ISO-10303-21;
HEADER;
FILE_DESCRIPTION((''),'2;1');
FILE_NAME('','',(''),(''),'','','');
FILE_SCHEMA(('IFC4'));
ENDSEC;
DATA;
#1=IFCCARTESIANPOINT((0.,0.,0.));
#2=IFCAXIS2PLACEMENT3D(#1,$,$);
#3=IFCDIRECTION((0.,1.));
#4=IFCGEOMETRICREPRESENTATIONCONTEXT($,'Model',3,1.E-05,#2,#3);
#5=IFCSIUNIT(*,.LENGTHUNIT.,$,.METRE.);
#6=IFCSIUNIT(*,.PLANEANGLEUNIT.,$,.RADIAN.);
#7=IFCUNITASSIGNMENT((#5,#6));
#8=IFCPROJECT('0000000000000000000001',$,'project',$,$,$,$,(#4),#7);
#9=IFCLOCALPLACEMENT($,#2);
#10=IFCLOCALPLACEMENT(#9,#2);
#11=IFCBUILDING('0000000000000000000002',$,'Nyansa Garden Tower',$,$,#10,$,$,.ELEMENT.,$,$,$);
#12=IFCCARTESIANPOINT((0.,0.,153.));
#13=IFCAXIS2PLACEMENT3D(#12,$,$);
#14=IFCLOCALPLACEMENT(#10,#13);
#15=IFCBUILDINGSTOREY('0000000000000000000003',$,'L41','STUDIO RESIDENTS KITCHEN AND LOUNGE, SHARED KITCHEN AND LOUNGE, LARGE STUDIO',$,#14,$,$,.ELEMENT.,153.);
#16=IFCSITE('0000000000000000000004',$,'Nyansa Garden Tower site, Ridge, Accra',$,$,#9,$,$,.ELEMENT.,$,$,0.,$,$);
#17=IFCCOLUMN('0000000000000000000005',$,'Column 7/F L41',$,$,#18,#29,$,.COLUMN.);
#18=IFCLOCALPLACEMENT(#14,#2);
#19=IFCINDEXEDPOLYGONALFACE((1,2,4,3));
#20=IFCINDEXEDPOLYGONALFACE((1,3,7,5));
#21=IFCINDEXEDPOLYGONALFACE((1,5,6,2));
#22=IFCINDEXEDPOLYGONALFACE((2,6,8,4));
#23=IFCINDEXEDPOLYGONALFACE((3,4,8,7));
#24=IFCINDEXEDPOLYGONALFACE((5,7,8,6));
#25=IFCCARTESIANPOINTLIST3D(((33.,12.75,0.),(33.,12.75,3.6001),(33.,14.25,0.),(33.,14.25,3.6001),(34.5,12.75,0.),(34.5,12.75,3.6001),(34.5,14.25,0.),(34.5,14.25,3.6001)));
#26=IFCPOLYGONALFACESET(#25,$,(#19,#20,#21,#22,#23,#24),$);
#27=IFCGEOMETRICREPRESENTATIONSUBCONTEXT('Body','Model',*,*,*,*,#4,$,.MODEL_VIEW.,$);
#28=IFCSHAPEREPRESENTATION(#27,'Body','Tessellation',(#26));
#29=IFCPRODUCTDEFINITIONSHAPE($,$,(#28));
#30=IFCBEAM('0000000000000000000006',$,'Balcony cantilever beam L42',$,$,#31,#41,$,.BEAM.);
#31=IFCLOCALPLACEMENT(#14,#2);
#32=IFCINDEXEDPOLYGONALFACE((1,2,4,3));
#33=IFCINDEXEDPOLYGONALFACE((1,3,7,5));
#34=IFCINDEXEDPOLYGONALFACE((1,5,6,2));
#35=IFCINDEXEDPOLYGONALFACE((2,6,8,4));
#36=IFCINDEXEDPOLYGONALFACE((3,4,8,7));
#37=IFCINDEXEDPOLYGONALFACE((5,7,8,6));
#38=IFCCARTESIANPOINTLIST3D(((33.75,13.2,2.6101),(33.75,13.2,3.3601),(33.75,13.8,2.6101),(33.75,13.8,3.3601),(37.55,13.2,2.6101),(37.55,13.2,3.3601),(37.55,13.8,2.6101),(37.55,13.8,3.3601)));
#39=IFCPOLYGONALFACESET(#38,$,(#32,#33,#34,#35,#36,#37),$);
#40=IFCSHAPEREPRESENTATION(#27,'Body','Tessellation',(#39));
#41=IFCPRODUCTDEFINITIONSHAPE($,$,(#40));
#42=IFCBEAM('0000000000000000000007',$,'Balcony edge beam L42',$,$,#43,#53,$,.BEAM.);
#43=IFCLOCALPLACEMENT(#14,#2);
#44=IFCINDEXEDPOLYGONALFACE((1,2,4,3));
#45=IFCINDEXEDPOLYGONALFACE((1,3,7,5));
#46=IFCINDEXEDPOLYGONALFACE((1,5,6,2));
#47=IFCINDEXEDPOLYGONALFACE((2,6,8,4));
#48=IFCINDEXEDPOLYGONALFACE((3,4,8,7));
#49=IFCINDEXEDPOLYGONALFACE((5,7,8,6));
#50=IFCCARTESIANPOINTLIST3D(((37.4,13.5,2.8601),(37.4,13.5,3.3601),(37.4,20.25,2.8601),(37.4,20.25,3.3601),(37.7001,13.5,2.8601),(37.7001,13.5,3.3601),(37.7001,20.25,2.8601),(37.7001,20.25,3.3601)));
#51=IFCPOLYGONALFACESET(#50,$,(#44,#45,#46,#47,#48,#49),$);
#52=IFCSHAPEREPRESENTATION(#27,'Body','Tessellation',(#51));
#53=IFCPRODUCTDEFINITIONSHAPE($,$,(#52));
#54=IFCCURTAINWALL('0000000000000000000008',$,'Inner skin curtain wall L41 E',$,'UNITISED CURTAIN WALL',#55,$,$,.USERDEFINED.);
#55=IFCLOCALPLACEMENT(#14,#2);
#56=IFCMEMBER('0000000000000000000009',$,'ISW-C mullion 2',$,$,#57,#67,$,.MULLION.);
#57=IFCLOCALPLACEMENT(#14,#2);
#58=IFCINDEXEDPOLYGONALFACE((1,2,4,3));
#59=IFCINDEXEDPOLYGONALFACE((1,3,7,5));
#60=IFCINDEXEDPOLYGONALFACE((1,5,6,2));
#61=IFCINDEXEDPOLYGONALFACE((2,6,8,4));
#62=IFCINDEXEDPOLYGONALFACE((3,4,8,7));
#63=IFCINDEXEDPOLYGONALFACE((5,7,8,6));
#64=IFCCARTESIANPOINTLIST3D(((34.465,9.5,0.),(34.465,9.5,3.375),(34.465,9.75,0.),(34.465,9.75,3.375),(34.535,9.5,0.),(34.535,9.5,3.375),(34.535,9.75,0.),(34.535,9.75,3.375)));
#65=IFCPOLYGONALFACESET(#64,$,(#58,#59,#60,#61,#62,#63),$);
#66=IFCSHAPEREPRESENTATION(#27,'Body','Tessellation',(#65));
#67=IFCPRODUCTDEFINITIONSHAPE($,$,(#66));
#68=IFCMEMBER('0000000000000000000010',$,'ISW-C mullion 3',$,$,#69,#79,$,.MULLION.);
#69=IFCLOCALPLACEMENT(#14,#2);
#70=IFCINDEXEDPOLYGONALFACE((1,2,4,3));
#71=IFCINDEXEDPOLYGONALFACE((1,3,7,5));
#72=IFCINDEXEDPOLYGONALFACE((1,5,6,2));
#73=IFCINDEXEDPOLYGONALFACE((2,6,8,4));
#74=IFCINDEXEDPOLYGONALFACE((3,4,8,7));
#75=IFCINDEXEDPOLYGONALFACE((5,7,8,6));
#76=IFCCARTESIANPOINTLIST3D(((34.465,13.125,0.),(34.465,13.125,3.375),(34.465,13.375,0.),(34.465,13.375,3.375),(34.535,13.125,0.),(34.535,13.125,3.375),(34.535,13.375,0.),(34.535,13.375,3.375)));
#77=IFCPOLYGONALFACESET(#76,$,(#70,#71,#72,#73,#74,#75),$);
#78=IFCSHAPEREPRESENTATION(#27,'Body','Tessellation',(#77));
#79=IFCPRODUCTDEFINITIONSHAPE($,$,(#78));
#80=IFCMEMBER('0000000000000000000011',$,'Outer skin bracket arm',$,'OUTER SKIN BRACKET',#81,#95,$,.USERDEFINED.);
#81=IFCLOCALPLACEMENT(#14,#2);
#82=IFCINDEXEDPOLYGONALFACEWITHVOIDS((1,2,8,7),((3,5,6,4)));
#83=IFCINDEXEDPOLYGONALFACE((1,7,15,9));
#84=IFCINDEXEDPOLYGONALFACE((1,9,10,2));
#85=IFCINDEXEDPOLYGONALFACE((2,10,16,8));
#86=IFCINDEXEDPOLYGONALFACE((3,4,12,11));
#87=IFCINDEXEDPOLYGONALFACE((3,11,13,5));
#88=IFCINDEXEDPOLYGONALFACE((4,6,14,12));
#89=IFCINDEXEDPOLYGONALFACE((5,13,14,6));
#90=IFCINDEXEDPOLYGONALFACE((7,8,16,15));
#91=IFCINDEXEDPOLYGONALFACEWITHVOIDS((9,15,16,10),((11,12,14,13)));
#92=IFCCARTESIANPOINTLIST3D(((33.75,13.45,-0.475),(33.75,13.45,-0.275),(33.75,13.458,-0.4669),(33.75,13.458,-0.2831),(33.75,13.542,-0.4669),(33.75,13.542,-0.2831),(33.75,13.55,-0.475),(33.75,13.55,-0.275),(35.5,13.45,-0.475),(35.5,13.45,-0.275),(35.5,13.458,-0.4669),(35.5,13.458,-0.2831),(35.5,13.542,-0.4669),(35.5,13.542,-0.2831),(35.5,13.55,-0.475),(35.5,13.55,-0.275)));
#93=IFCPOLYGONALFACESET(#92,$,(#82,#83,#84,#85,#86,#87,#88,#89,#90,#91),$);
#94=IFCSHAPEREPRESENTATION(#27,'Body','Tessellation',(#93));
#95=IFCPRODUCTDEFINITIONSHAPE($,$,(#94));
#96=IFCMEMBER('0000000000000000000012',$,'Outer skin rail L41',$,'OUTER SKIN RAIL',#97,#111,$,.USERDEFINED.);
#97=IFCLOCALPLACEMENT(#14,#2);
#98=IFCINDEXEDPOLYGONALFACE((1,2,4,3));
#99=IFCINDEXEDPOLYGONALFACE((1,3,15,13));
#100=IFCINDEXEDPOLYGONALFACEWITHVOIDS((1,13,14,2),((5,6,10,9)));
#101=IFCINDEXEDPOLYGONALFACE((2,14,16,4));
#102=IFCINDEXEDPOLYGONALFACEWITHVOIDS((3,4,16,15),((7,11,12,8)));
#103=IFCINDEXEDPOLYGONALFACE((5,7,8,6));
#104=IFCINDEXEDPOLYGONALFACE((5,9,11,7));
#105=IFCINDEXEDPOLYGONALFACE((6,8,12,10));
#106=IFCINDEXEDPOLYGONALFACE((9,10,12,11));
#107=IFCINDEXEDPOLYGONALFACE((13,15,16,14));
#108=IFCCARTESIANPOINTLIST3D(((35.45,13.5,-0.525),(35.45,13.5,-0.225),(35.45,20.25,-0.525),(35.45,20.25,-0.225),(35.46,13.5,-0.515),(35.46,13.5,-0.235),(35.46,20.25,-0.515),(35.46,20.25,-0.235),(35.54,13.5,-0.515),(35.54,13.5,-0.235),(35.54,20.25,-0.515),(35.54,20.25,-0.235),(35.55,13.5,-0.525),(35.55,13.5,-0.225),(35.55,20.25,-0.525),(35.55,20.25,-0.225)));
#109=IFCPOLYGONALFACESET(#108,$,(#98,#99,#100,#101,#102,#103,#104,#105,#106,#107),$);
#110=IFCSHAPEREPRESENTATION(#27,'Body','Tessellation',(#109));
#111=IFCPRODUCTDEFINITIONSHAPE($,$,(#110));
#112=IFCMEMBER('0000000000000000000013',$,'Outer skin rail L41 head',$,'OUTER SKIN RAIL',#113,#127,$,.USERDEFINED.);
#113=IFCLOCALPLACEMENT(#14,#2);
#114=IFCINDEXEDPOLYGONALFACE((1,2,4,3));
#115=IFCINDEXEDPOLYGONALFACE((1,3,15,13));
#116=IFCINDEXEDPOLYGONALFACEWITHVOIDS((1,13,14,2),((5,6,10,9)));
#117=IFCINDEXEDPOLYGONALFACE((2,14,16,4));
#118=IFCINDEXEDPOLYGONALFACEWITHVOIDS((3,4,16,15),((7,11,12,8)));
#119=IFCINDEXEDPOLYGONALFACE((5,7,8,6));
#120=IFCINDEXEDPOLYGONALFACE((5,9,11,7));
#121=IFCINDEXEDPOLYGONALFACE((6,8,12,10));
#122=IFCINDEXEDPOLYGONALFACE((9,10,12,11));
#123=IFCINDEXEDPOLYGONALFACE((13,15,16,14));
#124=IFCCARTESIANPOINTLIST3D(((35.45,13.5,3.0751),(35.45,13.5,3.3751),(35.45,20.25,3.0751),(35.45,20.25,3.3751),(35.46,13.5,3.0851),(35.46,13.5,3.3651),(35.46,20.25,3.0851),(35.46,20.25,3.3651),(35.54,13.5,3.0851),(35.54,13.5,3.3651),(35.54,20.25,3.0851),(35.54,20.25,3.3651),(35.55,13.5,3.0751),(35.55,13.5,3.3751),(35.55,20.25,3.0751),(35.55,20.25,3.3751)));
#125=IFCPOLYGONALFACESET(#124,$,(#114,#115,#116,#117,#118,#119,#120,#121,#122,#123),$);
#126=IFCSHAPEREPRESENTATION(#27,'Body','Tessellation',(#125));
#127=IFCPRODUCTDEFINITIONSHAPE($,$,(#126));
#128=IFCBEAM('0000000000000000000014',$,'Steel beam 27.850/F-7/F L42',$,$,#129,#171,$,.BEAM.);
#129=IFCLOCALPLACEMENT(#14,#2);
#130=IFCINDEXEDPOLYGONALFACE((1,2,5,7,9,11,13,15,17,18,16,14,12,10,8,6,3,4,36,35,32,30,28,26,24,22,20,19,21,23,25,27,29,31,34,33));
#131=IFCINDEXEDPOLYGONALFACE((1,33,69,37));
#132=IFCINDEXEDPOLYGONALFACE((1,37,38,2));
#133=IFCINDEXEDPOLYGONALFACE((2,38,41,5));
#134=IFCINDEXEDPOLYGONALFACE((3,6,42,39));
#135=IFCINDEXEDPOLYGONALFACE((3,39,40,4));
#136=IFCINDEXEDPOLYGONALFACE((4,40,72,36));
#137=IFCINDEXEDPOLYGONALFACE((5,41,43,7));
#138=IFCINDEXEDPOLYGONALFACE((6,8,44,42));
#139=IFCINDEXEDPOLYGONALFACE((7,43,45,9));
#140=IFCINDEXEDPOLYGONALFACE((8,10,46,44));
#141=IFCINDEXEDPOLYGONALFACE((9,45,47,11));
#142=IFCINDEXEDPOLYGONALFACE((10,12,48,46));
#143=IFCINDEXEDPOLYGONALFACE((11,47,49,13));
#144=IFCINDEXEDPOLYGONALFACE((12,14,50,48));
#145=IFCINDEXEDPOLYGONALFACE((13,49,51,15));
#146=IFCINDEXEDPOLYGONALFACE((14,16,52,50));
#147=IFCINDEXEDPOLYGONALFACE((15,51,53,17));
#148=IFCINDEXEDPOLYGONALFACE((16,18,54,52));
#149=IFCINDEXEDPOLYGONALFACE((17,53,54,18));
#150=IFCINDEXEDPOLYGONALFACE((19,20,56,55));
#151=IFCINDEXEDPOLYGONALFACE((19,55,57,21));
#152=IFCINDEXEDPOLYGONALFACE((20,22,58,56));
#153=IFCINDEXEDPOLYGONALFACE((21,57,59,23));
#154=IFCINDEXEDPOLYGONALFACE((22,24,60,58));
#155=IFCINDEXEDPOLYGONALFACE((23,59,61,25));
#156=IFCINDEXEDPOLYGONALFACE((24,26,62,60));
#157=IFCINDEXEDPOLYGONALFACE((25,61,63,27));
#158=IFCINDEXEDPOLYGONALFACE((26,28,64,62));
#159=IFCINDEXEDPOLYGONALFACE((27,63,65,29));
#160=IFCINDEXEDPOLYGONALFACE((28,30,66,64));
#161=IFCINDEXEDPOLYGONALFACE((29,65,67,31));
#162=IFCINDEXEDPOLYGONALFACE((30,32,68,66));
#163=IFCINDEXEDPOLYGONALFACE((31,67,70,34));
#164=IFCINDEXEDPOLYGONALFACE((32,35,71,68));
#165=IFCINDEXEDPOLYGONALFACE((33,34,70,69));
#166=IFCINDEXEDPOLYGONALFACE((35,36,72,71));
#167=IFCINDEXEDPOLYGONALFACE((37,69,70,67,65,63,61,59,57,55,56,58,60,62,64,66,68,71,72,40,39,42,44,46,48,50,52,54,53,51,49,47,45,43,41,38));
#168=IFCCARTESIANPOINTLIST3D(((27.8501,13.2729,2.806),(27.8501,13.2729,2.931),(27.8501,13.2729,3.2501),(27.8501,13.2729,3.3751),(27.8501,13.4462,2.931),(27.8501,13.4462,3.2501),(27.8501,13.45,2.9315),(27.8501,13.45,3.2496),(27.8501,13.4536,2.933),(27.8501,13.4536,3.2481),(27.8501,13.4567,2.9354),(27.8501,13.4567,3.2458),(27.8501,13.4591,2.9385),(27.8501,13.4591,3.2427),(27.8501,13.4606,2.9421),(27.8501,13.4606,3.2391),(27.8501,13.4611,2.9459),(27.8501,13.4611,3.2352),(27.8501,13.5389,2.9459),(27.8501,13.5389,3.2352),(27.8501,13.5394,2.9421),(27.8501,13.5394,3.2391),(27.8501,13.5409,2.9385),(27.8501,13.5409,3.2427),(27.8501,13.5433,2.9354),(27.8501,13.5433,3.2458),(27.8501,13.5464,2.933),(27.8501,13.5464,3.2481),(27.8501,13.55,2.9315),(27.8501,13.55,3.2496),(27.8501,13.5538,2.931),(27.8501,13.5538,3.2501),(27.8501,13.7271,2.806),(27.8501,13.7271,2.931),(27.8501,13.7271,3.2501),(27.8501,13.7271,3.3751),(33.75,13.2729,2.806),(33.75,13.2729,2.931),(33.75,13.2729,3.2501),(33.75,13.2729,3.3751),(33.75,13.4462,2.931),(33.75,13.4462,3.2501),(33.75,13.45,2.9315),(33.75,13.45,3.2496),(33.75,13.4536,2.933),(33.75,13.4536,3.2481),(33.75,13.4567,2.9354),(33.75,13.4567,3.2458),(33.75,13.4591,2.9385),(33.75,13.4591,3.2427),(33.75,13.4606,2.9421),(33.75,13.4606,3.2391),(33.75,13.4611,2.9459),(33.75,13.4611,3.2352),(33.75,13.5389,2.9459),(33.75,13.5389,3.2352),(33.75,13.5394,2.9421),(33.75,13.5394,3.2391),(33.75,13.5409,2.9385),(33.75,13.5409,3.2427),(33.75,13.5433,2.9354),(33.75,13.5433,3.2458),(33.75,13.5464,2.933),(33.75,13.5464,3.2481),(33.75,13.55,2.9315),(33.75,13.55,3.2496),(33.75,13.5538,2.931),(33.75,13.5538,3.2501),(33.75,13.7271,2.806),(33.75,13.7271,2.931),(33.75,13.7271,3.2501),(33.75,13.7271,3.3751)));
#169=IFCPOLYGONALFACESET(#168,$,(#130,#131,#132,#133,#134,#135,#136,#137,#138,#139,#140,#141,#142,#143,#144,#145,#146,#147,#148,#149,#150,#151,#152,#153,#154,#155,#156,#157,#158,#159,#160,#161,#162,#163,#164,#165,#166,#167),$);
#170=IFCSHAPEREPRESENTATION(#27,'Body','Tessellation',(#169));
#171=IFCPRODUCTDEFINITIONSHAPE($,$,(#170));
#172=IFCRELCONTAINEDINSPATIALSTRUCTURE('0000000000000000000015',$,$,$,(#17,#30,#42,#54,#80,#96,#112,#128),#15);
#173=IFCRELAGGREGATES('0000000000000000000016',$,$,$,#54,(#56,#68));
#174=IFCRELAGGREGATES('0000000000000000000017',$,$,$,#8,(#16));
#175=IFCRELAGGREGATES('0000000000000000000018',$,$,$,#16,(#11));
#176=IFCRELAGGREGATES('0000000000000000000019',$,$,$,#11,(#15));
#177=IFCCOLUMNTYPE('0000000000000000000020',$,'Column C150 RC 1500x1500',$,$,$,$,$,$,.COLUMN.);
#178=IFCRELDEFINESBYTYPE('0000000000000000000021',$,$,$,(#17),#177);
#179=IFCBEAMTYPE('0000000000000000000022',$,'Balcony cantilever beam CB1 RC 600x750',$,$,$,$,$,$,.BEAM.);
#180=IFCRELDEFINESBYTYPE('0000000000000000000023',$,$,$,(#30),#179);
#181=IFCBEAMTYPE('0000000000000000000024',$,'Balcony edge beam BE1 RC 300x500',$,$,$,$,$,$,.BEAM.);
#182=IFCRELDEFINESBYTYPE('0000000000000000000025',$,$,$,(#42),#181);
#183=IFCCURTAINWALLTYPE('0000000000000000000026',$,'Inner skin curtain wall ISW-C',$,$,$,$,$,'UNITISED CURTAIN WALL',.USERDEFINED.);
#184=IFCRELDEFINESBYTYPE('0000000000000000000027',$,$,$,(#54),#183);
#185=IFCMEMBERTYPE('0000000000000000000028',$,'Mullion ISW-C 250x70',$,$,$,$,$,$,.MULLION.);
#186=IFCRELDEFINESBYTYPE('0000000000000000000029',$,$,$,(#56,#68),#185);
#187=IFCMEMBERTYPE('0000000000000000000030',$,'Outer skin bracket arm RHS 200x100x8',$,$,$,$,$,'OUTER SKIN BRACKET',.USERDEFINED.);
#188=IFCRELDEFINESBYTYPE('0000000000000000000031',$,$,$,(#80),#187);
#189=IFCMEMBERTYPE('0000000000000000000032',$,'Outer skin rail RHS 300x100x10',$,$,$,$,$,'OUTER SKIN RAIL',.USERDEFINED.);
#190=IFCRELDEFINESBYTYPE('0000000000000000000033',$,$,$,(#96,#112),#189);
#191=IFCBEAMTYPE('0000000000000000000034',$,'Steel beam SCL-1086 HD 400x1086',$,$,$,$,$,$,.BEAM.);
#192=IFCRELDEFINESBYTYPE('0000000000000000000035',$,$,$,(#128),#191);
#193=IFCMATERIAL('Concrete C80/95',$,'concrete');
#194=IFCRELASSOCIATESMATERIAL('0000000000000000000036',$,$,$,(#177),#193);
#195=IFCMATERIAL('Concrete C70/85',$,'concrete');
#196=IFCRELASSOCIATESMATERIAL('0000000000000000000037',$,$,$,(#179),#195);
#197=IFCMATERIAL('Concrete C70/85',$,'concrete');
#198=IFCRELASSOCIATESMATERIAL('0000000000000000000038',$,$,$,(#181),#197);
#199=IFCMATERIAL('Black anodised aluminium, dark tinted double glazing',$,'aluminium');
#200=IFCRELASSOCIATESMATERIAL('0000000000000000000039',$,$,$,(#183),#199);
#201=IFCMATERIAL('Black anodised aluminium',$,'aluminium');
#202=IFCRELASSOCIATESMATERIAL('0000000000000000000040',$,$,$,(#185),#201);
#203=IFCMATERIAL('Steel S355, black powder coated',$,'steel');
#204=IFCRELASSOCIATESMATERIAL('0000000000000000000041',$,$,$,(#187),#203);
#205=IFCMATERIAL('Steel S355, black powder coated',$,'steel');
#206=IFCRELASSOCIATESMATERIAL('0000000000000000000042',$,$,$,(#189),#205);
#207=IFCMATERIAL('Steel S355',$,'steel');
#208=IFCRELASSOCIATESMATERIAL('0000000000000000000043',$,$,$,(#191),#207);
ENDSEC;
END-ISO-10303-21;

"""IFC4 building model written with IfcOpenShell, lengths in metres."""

from ifc_helpers import new_model, si_unit, direction, frame, origin, origin_2d, place, context, subcontext, project, spatial, rectangle, hollow_rectangle, i_section, extrude, material, material_profile, profile_set, type_object, element, aggregate, save


model = new_model("IFC4")

# Units and contexts
model_context = context("Model", 3, precision=1e-05, world=origin(), true_north=direction((0.0, 1.0)))
body_context = subcontext(model_context, "Body", "Model", "MODEL_VIEW")
ifc_project = project(units=[si_unit("LENGTHUNIT", "METRE"), si_unit("PLANEANGLEUNIT", "RADIAN")], contexts=[model_context])

# Site, building, storey
site_placement = place(None, origin())
site = spatial("IfcSite", under=ifc_project, at=site_placement, Name="Nyansa Garden Tower site, Ridge, Accra", CompositionType="ELEMENT", RefElevation=0.0)
building_placement = place(site_placement, origin())
building = spatial("IfcBuilding", under=site, at=building_placement, Name="Nyansa Garden Tower", CompositionType="ELEMENT")
storey_placement = place(building_placement, frame((0.0, 0.0, 153.0)))
storey = spatial("IfcBuildingStorey", under=building, at=storey_placement, Name="L41", Description="STUDIO RESIDENTS KITCHEN AND LOUNGE, SHARED KITCHEN AND LOUNGE, LARGE STUDIO", CompositionType="ELEMENT", Elevation=153.0)

# Column
ifc_material_1 = material(Name="Concrete C80/95", Category="concrete")
ifc_material_profile_1 = material_profile(ifc_material_1, rectangle(XDim=1.5, YDim=1.5, at=origin_2d()), Name="RC 1500x1500")
ifc_profile_set_1 = profile_set([ifc_material_profile_1], Name="Concrete C80/95")
column_type = type_object("IfcColumnType", Name="Column C150 RC 1500x1500", PredefinedType="COLUMN", material=ifc_profile_set_1)
column_placement = place(storey_placement, frame((33.75, 13.5, 0.0), z_axis=(0.0, 0.0, 1.0), x_axis=(1.0, 0.0, 0.0)))
element("IfcColumn", 1, at=column_placement, inside=storey, type_object=column_type, Name="Column 7/F L41", PredefinedType="COLUMN", context=body_context, shape_type="SweptSolid", body=[
    extrude(rectangle(XDim=1.5, YDim=1.5, at=origin_2d()), origin(), (0.0, 0.0, 1.0), 3.6001),
])

# Beams
ifc_material_2 = material(Name="Concrete C70/85", Category="concrete")
ifc_material_profile_2 = material_profile(ifc_material_2, rectangle(XDim=0.6001, YDim=0.75, at=origin_2d()), Name="RC 600x750")
ifc_profile_set_2 = profile_set([ifc_material_profile_2], Name="Concrete C70/85")
beam_type_1 = type_object("IfcBeamType", Name="Balcony cantilever beam CB1 RC 600x750", PredefinedType="BEAM", material=ifc_profile_set_2)
beam_1_placement = place(storey_placement, frame((33.75, 13.5, 2.9851), z_axis=(1.0, 0.0, 0.0), x_axis=(0.0, 1.0, 0.0)))
element("IfcBeam", 2, at=beam_1_placement, inside=storey, type_object=beam_type_1, Name="Balcony cantilever beam L42", PredefinedType="BEAM", context=body_context, shape_type="SweptSolid", body=[
    extrude(rectangle(XDim=0.6001, YDim=0.75, at=origin_2d()), origin(), (0.0, 0.0, 1.0), 3.8),
])
ifc_material_3 = material(Name="Concrete C70/85", Category="concrete")
ifc_material_profile_3 = material_profile(ifc_material_3, rectangle(XDim=0.3, YDim=0.5, at=origin_2d()), Name="RC 300x500")
ifc_profile_set_3 = profile_set([ifc_material_profile_3], Name="Concrete C70/85")
beam_type_2 = type_object("IfcBeamType", Name="Balcony edge beam BE1 RC 300x500", PredefinedType="BEAM", material=ifc_profile_set_3)
beam_2_placement = place(storey_placement, frame((37.55, 13.5, 3.1101), z_axis=(0.0, 1.0, 0.0), x_axis=(-1.0, 0.0, 0.0)))
element("IfcBeam", 3, at=beam_2_placement, inside=storey, type_object=beam_type_2, Name="Balcony edge beam L42", PredefinedType="BEAM", context=body_context, shape_type="SweptSolid", body=[
    extrude(rectangle(XDim=0.3, YDim=0.5, at=origin_2d()), origin(), (0.0, 0.0, 1.0), 6.75),
])

# Curtain wall, members
ifc_material_4 = material(Name="Black anodised aluminium, dark tinted double glazing", Category="aluminium")
curtain_wall_type = type_object("IfcCurtainWallType", Name="Inner skin curtain wall ISW-C", ElementType="UNITISED CURTAIN WALL", PredefinedType="USERDEFINED", material=ifc_material_4)
curtain_wall_placement = place(storey_placement, origin())
curtain_wall = element("IfcCurtainWall", 4, at=curtain_wall_placement, inside=storey, type_object=curtain_wall_type, Name="Inner skin curtain wall L41 E", ObjectType="UNITISED CURTAIN WALL", PredefinedType="USERDEFINED")
ifc_material_5 = material(Name="Black anodised aluminium", Category="aluminium")
ifc_material_profile_4 = material_profile(ifc_material_5, rectangle(XDim=0.0701, YDim=0.25, at=origin_2d()), Name="Mullion 250x70")
ifc_profile_set_4 = profile_set([ifc_material_profile_4], Name="Black anodised aluminium")
member_type_1 = type_object("IfcMemberType", Name="Mullion ISW-C 250x70", PredefinedType="MULLION", material=ifc_profile_set_4)
member_1_placement = place(storey_placement, frame((34.5, 9.625, 0.0), z_axis=(0.0, 0.0, 1.0), x_axis=(-1.0, 0.0, 0.0)))
member_1 = element("IfcMember", 5, at=member_1_placement, type_object=member_type_1, Name="ISW-C mullion 2", PredefinedType="MULLION", context=body_context, shape_type="SweptSolid", body=[
    extrude(rectangle(XDim=0.0701, YDim=0.25, at=origin_2d()), origin(), (0.0, 0.0, 1.0), 3.375),
])
member_2_placement = place(storey_placement, frame((34.5, 13.25, 0.0), z_axis=(0.0, 0.0, 1.0), x_axis=(-1.0, 0.0, 0.0)))
member_2 = element("IfcMember", 6, at=member_2_placement, type_object=member_type_1, Name="ISW-C mullion 3", PredefinedType="MULLION", context=body_context, shape_type="SweptSolid", body=[
    extrude(rectangle(XDim=0.0701, YDim=0.25, at=origin_2d()), origin(), (0.0, 0.0, 1.0), 3.375),
])

# Members
ifc_material_6 = material(Name="Steel S355, black powder coated", Category="steel")
ifc_material_profile_5 = material_profile(ifc_material_6, hollow_rectangle(XDim=0.1001, YDim=0.2, WallThickness=0.0081, at=origin_2d()), Name="RHS 200x100x8")
ifc_profile_set_5 = profile_set([ifc_material_profile_5], Name="Steel S355, black powder coated")
member_type_2 = type_object("IfcMemberType", Name="Outer skin bracket arm RHS 200x100x8", ElementType="OUTER SKIN BRACKET", PredefinedType="USERDEFINED", material=ifc_profile_set_5)
member_3_placement = place(storey_placement, frame((33.75, 13.5, -0.375), z_axis=(1.0, 0.0, 0.0), x_axis=(0.0, 1.0, 0.0)))
element("IfcMember", 7, at=member_3_placement, inside=storey, type_object=member_type_2, Name="Outer skin bracket arm", ObjectType="OUTER SKIN BRACKET", PredefinedType="USERDEFINED", context=body_context, shape_type="SweptSolid", body=[
    extrude(hollow_rectangle(XDim=0.1001, YDim=0.2, WallThickness=0.0081, at=origin_2d()), origin(), (0.0, 0.0, 1.0), 1.75),
])
ifc_material_7 = material(Name="Steel S355, black powder coated", Category="steel")
ifc_material_profile_6 = material_profile(ifc_material_7, hollow_rectangle(XDim=0.1001, YDim=0.3, WallThickness=0.01, at=origin_2d()), Name="RHS 300x100x10")
ifc_profile_set_6 = profile_set([ifc_material_profile_6], Name="Steel S355, black powder coated")
member_type_3 = type_object("IfcMemberType", Name="Outer skin rail RHS 300x100x10", ElementType="OUTER SKIN RAIL", PredefinedType="USERDEFINED", material=ifc_profile_set_6)
for number, where, z_axis, x_axis, name in (
    (8, (35.5, 13.5, -0.375), (0.0, 1.0, 0.0), (-1.0, 0.0, 0.0), "Outer skin rail L41"),
    (9, (35.5, 13.5, 3.2251), (0.0, 1.0, 0.0), (-1.0, 0.0, 0.0), "Outer skin rail L41 head"),
):
    element("IfcMember", number, at=place(storey_placement, frame(where, z_axis=z_axis, x_axis=x_axis)), inside=storey, type_object=member_type_3, Name=name, ObjectType="OUTER SKIN RAIL", PredefinedType="USERDEFINED", context=body_context, shape_type="SweptSolid", body=[
        extrude(hollow_rectangle(XDim=0.1001, YDim=0.3, WallThickness=0.01, at=origin_2d()), origin(), (0.0, 0.0, 1.0), 6.75),
    ])

# Beam
ifc_material_8 = material(Name="Steel S355", Category="steel")
ifc_material_profile_7 = material_profile(ifc_material_8, i_section(OverallWidth=0.4541, OverallDepth=0.5691, WebThickness=0.0779, FlangeThickness=0.125, FilletRadius=0.0149, at=origin_2d()), Name="HD 400x1086")
ifc_profile_set_7 = profile_set([ifc_material_profile_7], Name="Steel S355")
beam_type_3 = type_object("IfcBeamType", Name="Steel beam SCL-1086 HD 400x1086", PredefinedType="BEAM", material=ifc_profile_set_7)
beam_3_placement = place(storey_placement, frame((27.8501, 13.5, 3.0906), z_axis=(1.0, 0.0, 0.0), x_axis=(0.0, 1.0, 0.0)))
element("IfcBeam", 10, at=beam_3_placement, inside=storey, type_object=beam_type_3, Name="Steel beam 27.850/F-7/F L42", PredefinedType="BEAM", context=body_context, shape_type="SweptSolid", body=[
    extrude(i_section(OverallWidth=0.4541, OverallDepth=0.5691, WebThickness=0.0779, FlangeThickness=0.125, FilletRadius=0.0149, at=origin_2d()), origin(), (0.0, 0.0, 1.0), 5.8999),
])

aggregate(curtain_wall, [member_1, member_2])

save(model, "model.ifc")
